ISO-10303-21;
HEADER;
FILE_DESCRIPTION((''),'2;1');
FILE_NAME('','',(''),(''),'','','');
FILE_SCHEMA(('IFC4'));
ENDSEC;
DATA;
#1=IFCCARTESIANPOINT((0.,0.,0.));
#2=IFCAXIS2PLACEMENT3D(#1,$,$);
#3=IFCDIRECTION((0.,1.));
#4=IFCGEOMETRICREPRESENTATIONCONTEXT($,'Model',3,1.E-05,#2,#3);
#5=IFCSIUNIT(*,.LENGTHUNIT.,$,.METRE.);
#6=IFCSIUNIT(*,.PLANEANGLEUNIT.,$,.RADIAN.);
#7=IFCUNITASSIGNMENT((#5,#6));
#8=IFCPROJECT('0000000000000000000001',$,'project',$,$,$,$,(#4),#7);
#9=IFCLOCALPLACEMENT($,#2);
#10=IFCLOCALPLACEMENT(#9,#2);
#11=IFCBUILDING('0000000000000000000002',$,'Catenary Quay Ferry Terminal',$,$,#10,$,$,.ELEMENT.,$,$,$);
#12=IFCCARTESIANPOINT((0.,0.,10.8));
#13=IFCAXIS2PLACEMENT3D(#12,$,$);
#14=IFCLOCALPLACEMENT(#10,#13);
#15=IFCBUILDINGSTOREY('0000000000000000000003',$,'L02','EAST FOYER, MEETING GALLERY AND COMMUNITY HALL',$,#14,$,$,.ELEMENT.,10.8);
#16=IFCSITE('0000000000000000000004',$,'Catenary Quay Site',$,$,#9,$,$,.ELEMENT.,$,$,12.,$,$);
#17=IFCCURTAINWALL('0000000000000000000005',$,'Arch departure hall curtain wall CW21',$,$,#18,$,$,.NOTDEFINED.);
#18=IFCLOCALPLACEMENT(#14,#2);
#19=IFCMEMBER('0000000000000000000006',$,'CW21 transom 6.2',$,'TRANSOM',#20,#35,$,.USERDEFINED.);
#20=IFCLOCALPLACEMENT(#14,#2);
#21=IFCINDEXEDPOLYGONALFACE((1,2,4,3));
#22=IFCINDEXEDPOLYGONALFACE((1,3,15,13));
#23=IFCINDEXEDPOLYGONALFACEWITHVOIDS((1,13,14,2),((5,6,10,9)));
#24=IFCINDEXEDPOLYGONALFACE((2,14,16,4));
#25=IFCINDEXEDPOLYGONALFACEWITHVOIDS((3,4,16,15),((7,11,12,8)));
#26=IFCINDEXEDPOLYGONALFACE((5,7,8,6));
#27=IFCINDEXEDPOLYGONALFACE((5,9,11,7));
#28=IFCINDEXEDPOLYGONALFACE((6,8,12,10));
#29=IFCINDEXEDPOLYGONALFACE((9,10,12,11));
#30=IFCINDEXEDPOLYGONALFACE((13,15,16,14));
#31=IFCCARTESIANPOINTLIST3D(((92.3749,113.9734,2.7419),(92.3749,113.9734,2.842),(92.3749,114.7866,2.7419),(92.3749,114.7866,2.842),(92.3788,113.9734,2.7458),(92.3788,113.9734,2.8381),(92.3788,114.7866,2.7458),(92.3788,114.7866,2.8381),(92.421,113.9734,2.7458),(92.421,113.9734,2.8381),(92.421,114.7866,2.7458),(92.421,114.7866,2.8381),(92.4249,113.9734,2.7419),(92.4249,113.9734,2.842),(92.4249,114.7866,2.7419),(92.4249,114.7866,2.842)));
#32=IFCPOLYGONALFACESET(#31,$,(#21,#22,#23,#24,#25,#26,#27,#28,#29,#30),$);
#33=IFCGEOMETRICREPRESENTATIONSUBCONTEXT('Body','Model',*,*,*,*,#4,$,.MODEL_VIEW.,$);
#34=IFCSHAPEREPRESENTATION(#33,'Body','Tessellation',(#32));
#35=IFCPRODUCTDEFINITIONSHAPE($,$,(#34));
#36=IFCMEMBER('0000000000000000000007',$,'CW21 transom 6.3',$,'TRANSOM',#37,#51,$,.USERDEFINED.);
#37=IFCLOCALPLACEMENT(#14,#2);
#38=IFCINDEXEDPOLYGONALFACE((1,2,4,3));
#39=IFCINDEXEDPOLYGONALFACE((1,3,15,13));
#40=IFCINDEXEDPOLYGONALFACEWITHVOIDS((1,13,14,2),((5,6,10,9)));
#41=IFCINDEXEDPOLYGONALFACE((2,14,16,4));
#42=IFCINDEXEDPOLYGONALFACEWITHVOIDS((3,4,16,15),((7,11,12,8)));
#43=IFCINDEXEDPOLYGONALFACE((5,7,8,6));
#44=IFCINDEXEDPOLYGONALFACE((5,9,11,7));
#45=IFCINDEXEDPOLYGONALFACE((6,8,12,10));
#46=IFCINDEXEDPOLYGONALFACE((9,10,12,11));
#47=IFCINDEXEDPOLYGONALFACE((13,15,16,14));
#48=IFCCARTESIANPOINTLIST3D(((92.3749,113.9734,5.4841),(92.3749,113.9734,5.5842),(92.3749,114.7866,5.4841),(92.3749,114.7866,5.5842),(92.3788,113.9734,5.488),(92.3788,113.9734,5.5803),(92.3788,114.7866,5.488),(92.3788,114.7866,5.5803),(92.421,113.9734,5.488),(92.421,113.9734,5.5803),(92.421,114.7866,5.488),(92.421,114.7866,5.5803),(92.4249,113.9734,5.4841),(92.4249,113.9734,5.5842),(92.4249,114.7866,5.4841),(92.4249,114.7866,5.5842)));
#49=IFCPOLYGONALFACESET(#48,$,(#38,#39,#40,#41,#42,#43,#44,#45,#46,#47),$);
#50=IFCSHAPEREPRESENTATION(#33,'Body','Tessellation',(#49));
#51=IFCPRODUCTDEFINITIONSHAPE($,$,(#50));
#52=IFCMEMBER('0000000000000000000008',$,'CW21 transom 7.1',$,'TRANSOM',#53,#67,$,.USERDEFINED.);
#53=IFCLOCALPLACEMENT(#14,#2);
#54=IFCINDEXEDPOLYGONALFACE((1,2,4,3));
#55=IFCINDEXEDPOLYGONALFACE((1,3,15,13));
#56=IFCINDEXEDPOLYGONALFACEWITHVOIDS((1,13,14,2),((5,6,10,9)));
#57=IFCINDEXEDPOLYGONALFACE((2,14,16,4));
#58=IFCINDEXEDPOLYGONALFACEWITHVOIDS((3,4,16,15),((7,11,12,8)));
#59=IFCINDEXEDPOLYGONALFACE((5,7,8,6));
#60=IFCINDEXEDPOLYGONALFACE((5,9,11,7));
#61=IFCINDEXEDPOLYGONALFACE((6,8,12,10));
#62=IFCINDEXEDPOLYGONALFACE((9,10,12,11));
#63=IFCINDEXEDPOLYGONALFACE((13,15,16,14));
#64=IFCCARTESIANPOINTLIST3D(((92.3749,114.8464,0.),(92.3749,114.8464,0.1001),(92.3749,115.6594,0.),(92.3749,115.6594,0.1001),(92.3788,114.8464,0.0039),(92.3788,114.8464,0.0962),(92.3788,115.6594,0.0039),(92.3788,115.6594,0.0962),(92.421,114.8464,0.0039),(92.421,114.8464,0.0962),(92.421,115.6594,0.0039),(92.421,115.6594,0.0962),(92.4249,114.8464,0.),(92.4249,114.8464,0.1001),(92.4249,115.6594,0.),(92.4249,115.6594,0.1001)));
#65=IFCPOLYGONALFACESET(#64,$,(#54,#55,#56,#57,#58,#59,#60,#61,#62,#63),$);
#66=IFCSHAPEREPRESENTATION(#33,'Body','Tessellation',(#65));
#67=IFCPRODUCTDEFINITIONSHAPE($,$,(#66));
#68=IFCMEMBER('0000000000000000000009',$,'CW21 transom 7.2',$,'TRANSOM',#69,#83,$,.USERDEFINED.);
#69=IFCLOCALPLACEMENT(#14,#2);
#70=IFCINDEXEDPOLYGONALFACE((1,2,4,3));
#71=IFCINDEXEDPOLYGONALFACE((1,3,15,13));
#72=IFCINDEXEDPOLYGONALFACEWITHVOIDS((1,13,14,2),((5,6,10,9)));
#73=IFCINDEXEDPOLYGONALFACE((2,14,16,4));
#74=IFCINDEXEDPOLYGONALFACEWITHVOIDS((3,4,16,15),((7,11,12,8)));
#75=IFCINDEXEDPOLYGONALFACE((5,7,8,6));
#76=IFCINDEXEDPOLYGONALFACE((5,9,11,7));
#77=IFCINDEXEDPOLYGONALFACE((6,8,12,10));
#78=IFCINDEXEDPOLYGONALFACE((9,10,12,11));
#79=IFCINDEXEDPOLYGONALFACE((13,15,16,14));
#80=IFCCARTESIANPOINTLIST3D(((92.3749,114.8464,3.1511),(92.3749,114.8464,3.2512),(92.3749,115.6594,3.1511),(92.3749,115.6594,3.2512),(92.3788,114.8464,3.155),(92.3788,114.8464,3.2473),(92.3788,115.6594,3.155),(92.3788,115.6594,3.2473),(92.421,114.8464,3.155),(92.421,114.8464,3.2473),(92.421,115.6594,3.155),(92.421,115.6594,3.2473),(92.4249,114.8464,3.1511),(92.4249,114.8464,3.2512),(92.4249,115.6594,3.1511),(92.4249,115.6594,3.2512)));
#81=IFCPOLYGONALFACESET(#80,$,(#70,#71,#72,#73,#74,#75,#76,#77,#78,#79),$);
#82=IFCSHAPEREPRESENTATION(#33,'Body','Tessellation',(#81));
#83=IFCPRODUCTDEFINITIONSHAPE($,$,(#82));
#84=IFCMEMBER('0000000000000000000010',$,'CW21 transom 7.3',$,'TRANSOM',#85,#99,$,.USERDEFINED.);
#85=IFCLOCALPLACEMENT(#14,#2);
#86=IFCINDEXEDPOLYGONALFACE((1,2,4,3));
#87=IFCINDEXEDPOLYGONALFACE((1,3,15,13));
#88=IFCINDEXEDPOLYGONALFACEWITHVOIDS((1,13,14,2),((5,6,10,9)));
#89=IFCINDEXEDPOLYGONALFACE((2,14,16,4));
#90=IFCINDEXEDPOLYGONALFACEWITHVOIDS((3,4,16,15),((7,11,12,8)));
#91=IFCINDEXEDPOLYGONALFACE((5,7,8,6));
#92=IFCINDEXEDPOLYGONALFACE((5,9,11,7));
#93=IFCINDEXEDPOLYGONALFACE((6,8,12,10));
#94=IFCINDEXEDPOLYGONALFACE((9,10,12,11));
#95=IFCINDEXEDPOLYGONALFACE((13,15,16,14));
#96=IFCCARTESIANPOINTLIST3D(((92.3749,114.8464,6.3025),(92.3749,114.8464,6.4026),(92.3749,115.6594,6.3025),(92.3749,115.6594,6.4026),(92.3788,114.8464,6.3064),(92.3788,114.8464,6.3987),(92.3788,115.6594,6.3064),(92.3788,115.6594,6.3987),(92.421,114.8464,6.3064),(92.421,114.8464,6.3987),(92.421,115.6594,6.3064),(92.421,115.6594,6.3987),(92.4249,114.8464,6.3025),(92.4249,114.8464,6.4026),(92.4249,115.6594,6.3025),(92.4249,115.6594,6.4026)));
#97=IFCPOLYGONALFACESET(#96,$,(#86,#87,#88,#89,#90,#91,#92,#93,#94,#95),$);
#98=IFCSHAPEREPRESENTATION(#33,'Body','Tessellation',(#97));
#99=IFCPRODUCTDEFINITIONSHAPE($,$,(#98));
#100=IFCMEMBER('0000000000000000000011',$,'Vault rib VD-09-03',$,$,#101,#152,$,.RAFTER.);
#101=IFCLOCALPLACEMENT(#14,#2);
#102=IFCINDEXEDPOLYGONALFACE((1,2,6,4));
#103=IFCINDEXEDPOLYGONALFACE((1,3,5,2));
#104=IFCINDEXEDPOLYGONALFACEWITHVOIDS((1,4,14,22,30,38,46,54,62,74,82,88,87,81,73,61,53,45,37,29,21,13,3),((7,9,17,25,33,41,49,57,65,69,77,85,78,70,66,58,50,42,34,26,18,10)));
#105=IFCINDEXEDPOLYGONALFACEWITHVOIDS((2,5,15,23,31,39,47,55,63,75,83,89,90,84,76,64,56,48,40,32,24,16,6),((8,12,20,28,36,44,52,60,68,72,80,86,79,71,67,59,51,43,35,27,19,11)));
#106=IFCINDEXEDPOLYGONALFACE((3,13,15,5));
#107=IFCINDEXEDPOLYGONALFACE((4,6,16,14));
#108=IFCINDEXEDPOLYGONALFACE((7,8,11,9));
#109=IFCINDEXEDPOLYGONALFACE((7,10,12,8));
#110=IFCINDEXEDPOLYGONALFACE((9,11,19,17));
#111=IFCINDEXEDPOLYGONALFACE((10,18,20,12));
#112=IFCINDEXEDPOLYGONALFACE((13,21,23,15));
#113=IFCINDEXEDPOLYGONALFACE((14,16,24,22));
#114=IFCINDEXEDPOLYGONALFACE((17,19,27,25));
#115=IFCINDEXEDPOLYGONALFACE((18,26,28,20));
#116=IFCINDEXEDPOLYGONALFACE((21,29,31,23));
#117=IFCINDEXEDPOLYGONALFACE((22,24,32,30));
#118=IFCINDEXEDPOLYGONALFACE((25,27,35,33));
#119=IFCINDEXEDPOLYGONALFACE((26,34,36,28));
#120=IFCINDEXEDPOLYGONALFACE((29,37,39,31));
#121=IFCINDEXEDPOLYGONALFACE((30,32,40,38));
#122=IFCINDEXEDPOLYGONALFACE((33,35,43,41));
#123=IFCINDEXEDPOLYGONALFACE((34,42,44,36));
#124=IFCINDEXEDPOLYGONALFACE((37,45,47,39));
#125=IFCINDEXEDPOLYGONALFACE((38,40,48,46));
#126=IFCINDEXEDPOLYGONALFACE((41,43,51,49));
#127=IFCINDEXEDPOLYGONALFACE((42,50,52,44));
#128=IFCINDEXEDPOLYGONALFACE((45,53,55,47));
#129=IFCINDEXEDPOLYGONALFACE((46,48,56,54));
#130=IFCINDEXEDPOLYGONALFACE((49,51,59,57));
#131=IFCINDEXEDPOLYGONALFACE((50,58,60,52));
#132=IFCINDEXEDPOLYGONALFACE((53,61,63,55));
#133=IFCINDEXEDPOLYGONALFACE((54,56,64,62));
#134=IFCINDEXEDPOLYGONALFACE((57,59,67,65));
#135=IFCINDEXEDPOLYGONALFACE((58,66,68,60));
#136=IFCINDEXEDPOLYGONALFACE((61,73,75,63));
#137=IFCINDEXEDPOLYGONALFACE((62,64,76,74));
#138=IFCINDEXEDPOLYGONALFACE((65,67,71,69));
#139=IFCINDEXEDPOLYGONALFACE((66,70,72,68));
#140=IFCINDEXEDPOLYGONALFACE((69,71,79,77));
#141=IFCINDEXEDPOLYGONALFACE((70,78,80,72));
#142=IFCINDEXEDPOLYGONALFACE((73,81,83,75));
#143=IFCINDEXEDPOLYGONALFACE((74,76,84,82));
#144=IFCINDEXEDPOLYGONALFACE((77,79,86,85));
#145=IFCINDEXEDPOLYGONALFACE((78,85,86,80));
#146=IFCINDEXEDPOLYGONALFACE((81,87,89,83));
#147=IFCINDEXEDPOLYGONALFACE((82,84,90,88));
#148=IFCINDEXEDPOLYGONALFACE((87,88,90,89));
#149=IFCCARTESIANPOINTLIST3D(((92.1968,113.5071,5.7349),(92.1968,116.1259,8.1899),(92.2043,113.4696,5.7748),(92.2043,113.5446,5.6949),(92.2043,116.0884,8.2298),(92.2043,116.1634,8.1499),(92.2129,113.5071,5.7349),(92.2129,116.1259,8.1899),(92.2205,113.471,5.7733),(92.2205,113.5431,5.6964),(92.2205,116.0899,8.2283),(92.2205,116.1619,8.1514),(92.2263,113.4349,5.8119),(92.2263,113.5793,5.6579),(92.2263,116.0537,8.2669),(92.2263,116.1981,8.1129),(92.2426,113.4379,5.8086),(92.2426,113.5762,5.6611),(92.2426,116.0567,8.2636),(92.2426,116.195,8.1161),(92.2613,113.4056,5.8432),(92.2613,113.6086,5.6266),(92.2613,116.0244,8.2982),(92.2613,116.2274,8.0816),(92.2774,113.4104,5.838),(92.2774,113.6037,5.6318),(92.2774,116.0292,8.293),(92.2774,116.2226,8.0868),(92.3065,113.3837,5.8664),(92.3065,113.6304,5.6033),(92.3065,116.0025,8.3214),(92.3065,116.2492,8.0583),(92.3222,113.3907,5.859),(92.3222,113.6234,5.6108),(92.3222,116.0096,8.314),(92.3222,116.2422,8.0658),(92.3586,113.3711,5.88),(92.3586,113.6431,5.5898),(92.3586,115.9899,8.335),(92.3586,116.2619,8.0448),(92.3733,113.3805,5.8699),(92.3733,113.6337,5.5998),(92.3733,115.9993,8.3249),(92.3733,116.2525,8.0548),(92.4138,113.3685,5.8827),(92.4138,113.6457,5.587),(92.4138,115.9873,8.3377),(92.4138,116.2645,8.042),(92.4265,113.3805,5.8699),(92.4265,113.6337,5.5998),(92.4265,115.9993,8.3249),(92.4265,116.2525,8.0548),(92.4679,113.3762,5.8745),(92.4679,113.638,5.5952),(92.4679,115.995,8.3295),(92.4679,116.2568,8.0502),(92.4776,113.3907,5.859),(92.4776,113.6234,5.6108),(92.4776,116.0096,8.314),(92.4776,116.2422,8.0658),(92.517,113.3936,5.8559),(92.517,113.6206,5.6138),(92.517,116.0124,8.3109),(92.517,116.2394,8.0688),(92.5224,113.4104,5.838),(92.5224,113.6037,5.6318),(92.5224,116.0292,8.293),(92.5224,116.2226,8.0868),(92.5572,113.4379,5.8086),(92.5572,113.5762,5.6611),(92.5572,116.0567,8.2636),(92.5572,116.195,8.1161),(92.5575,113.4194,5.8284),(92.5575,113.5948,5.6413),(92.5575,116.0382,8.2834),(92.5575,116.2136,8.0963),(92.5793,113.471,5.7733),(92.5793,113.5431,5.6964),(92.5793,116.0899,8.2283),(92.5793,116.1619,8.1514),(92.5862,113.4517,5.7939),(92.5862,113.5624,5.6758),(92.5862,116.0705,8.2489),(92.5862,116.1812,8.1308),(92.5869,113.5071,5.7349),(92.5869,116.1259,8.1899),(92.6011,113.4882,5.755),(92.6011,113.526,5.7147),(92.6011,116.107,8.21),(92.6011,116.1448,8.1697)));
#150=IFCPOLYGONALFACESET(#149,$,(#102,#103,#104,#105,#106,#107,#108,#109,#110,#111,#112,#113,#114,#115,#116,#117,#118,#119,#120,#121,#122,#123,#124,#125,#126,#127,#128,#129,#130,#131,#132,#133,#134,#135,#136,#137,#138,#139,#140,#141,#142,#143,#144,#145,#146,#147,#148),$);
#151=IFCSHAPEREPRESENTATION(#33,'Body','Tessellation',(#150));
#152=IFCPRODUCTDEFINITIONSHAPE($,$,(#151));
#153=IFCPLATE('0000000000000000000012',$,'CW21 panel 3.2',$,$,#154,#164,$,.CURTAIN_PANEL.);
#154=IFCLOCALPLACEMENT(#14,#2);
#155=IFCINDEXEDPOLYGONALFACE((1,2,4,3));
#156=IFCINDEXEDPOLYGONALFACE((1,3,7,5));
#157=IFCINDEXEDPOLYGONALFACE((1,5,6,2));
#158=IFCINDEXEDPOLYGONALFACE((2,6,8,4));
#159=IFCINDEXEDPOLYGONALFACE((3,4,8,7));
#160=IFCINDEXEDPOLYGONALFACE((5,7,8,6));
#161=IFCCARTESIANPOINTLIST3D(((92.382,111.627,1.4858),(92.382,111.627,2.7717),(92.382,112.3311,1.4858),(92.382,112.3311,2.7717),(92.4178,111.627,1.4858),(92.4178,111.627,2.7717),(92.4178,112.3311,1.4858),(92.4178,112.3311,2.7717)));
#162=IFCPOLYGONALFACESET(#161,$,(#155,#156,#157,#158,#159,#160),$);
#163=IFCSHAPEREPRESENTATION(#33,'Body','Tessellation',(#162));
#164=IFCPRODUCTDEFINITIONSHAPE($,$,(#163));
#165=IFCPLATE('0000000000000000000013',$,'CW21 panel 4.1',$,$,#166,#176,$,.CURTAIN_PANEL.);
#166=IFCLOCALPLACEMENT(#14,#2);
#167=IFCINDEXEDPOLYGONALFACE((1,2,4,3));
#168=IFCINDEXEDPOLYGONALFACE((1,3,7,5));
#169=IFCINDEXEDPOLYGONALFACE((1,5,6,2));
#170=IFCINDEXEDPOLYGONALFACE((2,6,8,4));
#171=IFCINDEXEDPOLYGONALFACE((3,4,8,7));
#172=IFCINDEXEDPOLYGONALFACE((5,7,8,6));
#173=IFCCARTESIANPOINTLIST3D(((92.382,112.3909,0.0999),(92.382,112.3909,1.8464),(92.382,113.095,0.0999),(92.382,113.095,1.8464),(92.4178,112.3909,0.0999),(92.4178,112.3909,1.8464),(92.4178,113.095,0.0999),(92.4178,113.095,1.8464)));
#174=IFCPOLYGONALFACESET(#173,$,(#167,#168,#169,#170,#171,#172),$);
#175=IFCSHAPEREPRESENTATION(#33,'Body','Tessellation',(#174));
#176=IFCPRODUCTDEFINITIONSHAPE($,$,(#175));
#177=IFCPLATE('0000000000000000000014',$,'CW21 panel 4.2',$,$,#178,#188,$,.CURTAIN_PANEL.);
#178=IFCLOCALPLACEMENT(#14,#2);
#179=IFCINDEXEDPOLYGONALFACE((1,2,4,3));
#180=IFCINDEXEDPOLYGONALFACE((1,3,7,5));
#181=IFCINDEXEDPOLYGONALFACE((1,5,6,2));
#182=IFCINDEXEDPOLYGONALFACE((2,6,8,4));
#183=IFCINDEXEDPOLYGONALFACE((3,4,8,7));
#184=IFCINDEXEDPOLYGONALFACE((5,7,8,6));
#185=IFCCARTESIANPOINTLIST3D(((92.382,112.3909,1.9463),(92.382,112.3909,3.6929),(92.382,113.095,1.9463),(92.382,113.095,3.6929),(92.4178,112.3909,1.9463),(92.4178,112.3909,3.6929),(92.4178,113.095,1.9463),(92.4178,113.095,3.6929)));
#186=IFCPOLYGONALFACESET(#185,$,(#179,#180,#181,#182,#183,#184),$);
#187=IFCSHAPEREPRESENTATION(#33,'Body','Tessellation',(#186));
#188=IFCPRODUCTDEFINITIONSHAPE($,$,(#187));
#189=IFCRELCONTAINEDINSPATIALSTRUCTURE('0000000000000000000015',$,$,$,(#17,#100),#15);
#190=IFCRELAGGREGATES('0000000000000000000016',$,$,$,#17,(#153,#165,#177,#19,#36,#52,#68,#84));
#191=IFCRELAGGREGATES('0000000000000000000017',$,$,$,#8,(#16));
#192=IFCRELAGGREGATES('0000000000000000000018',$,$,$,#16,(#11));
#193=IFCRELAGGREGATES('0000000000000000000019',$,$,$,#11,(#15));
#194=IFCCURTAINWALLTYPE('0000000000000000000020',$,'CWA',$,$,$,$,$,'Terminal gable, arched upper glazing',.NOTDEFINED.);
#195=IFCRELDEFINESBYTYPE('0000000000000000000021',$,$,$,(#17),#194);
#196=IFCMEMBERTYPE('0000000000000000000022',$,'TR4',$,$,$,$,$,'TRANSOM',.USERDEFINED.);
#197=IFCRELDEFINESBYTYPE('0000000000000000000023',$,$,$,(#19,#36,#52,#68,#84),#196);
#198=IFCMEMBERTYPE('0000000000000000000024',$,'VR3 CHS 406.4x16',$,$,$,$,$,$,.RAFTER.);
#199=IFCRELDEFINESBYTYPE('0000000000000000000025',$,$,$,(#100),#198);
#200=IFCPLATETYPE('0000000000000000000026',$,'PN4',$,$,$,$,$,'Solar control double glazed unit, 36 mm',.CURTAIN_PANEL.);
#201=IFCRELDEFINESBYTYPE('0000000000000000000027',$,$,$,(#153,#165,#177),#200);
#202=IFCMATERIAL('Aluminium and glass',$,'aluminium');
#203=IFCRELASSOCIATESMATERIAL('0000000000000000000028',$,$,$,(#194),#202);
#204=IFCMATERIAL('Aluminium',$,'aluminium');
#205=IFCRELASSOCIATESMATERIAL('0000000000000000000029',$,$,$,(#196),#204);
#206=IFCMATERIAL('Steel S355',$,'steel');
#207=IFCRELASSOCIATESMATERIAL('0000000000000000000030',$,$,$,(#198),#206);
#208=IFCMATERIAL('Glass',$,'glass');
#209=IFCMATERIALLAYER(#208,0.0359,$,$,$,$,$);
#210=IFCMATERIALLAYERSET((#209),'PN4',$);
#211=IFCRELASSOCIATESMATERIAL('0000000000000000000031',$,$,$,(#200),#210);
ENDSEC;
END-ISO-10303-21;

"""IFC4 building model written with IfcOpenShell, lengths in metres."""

from ifc_helpers import new_model, si_unit, direction, frame, origin, origin_2d, place, context, subcontext, project, spatial, rectangle, hollow_rectangle, hollow_circle, extrude, material, layer, layer_set, material_profile, profile_set, type_object, element, aggregate, save


model = new_model("IFC4")

# Units and contexts
model_context = context("Model", 3, precision=1e-05, world=origin(), true_north=direction((0.0, 1.0)))
body_context = subcontext(model_context, "Body", "Model", "MODEL_VIEW")
ifc_project = project(units=[si_unit("LENGTHUNIT", "METRE"), si_unit("PLANEANGLEUNIT", "RADIAN")], contexts=[model_context])

# Site, building, storey
site_placement = place(None, origin())
site = spatial("IfcSite", under=ifc_project, at=site_placement, Name="Catenary Quay Site", CompositionType="ELEMENT", RefElevation=12.0)
building_placement = place(site_placement, origin())
building = spatial("IfcBuilding", under=site, at=building_placement, Name="Catenary Quay Ferry Terminal", CompositionType="ELEMENT")
storey_placement = place(building_placement, frame((0.0, 0.0, 10.8)))
storey = spatial("IfcBuildingStorey", under=building, at=storey_placement, Name="L02", Description="EAST FOYER, MEETING GALLERY AND COMMUNITY HALL", CompositionType="ELEMENT", Elevation=10.8)

# Curtain wall, members
ifc_material_1 = material(Name="Aluminium and glass", Category="aluminium")
curtain_wall_type = type_object("IfcCurtainWallType", Name="CWA", ElementType="Terminal gable, arched upper glazing", PredefinedType="NOTDEFINED", material=ifc_material_1)
curtain_wall_placement = place(storey_placement, origin())
curtain_wall = element("IfcCurtainWall", 1, at=curtain_wall_placement, inside=storey, type_object=curtain_wall_type, Name="Arch departure hall curtain wall CW21", PredefinedType="NOTDEFINED")
ifc_material_2 = material(Name="Aluminium", Category="aluminium")
ifc_material_profile_1 = material_profile(ifc_material_2, hollow_rectangle(XDim=0.05, YDim=0.1001, WallThickness=0.0039, at=origin_2d()), Name="TR4")
ifc_profile_set_1 = profile_set([ifc_material_profile_1], Name="Aluminium")
member_type_1 = type_object("IfcMemberType", Name="TR4", ElementType="TRANSOM", PredefinedType="USERDEFINED", material=ifc_profile_set_1)
member_1_placement = place(storey_placement, frame((92.3999, 113.9734, 2.792), z_axis=(0.0, 1.0, 0.0), x_axis=(-1.0, 0.0, 0.0)))
member_1 = element("IfcMember", 2, at=member_1_placement, type_object=member_type_1, Name="CW21 transom 6.2", ObjectType="TRANSOM", PredefinedType="USERDEFINED", context=body_context, shape_type="SweptSolid", body=[
    extrude(hollow_rectangle(XDim=0.05, YDim=0.1001, WallThickness=0.0039, at=origin_2d()), origin(), (0.0, 0.0, 1.0), 0.8132),
])
member_2_placement = place(storey_placement, frame((92.3999, 113.9734, 5.5342), z_axis=(0.0, 1.0, 0.0), x_axis=(-1.0, 0.0, 0.0)))
member_2 = element("IfcMember", 3, at=member_2_placement, type_object=member_type_1, Name="CW21 transom 6.3", ObjectType="TRANSOM", PredefinedType="USERDEFINED", context=body_context, shape_type="SweptSolid", body=[
    extrude(hollow_rectangle(XDim=0.05, YDim=0.1001, WallThickness=0.0039, at=origin_2d()), origin(), (0.0, 0.0, 1.0), 0.8132),
])
member_3_placement = place(storey_placement, frame((92.3999, 114.8464, 0.05), z_axis=(0.0, 1.0, 0.0), x_axis=(-1.0, 0.0, 0.0)))
member_3 = element("IfcMember", 4, at=member_3_placement, type_object=member_type_1, Name="CW21 transom 7.1", ObjectType="TRANSOM", PredefinedType="USERDEFINED", context=body_context, shape_type="SweptSolid", body=[
    extrude(hollow_rectangle(XDim=0.05, YDim=0.1001, WallThickness=0.0039, at=origin_2d()), origin(), (0.0, 0.0, 1.0), 0.813),
])
member_4_placement = place(storey_placement, frame((92.3999, 114.8464, 3.2012), z_axis=(0.0, 1.0, 0.0), x_axis=(-1.0, 0.0, 0.0)))
member_4 = element("IfcMember", 5, at=member_4_placement, type_object=member_type_1, Name="CW21 transom 7.2", ObjectType="TRANSOM", PredefinedType="USERDEFINED", context=body_context, shape_type="SweptSolid", body=[
    extrude(hollow_rectangle(XDim=0.05, YDim=0.1001, WallThickness=0.0039, at=origin_2d()), origin(), (0.0, 0.0, 1.0), 0.813),
])
member_5_placement = place(storey_placement, frame((92.3999, 114.8464, 6.3525), z_axis=(0.0, 1.0, 0.0), x_axis=(-1.0, 0.0, 0.0)))
member_5 = element("IfcMember", 6, at=member_5_placement, type_object=member_type_1, Name="CW21 transom 7.3", ObjectType="TRANSOM", PredefinedType="USERDEFINED", context=body_context, shape_type="SweptSolid", body=[
    extrude(hollow_rectangle(XDim=0.05, YDim=0.1001, WallThickness=0.0039, at=origin_2d()), origin(), (0.0, 0.0, 1.0), 0.813),
])

# Member
ifc_material_3 = material(Name="Steel S355", Category="steel")
ifc_material_profile_2 = material_profile(ifc_material_3, hollow_circle(Radius=0.2031, WallThickness=0.0161, at=origin_2d()), Name="CHS 406.4x16")
ifc_profile_set_2 = profile_set([ifc_material_profile_2], Name="Steel S355")
member_type_2 = type_object("IfcMemberType", Name="VR3 CHS 406.4x16", PredefinedType="RAFTER", material=ifc_profile_set_2)
member_6_placement = place(storey_placement, frame((92.3999, 113.5071, 5.7349), z_axis=(0.0, 0.729556, 0.683921), x_axis=(-1.0, 0.0, 0.0)))
element("IfcMember", 7, at=member_6_placement, inside=storey, type_object=member_type_2, Name="Vault rib VD-09-03", PredefinedType="RAFTER", context=body_context, shape_type="SweptSolid", body=[
    extrude(hollow_circle(Radius=0.2031, WallThickness=0.0161, at=origin_2d()), origin(), (0.0, 0.0, 1.0), 3.5896),
])

# Plates
ifc_material_4 = material(Name="Glass", Category="glass")
ifc_layer_1 = layer(ifc_material_4, 0.0359)
ifc_layer_set_1 = layer_set([ifc_layer_1], Name="PN4")
plate_type_1 = type_object("IfcPlateType", Name="PN4", ElementType="Solar control double glazed unit, 36 mm", PredefinedType="CURTAIN_PANEL", material=ifc_layer_set_1)
plate_1_placement = place(storey_placement, frame((92.3999, 111.979, 1.4858), z_axis=(0.0, 0.0, 1.0), x_axis=(0.0, 1.0, 0.0)))
plate_1 = element("IfcPlate", 8, at=plate_1_placement, type_object=plate_type_1, Name="CW21 panel 3.2", PredefinedType="CURTAIN_PANEL", context=body_context, shape_type="SweptSolid", body=[
    extrude(rectangle(XDim=0.7041, YDim=0.0359, at=origin_2d()), origin(), (0.0, 0.0, 1.0), 1.2859),
])
plate_2_placement = place(storey_placement, frame((92.3999, 112.7429, 0.0999), z_axis=(0.0, 0.0, 1.0), x_axis=(0.0, 1.0, 0.0)))
plate_2 = element("IfcPlate", 9, at=plate_2_placement, type_object=plate_type_1, Name="CW21 panel 4.1", PredefinedType="CURTAIN_PANEL", context=body_context, shape_type="SweptSolid", body=[
    extrude(rectangle(XDim=0.7041, YDim=0.0359, at=origin_2d()), origin(), (0.0, 0.0, 1.0), 1.7466),
])
plate_3_placement = place(storey_placement, frame((92.3999, 112.7429, 1.9463), z_axis=(0.0, 0.0, 1.0), x_axis=(0.0, 1.0, 0.0)))
plate_3 = element("IfcPlate", 10, at=plate_3_placement, type_object=plate_type_1, Name="CW21 panel 4.2", PredefinedType="CURTAIN_PANEL", context=body_context, shape_type="SweptSolid", body=[
    extrude(rectangle(XDim=0.7041, YDim=0.0359, at=origin_2d()), origin(), (0.0, 0.0, 1.0), 1.7466),
])
aggregate(curtain_wall, [plate_1, plate_2, plate_3, member_1, member_2, member_3, member_4, member_5])

save(model, "model.ifc")
